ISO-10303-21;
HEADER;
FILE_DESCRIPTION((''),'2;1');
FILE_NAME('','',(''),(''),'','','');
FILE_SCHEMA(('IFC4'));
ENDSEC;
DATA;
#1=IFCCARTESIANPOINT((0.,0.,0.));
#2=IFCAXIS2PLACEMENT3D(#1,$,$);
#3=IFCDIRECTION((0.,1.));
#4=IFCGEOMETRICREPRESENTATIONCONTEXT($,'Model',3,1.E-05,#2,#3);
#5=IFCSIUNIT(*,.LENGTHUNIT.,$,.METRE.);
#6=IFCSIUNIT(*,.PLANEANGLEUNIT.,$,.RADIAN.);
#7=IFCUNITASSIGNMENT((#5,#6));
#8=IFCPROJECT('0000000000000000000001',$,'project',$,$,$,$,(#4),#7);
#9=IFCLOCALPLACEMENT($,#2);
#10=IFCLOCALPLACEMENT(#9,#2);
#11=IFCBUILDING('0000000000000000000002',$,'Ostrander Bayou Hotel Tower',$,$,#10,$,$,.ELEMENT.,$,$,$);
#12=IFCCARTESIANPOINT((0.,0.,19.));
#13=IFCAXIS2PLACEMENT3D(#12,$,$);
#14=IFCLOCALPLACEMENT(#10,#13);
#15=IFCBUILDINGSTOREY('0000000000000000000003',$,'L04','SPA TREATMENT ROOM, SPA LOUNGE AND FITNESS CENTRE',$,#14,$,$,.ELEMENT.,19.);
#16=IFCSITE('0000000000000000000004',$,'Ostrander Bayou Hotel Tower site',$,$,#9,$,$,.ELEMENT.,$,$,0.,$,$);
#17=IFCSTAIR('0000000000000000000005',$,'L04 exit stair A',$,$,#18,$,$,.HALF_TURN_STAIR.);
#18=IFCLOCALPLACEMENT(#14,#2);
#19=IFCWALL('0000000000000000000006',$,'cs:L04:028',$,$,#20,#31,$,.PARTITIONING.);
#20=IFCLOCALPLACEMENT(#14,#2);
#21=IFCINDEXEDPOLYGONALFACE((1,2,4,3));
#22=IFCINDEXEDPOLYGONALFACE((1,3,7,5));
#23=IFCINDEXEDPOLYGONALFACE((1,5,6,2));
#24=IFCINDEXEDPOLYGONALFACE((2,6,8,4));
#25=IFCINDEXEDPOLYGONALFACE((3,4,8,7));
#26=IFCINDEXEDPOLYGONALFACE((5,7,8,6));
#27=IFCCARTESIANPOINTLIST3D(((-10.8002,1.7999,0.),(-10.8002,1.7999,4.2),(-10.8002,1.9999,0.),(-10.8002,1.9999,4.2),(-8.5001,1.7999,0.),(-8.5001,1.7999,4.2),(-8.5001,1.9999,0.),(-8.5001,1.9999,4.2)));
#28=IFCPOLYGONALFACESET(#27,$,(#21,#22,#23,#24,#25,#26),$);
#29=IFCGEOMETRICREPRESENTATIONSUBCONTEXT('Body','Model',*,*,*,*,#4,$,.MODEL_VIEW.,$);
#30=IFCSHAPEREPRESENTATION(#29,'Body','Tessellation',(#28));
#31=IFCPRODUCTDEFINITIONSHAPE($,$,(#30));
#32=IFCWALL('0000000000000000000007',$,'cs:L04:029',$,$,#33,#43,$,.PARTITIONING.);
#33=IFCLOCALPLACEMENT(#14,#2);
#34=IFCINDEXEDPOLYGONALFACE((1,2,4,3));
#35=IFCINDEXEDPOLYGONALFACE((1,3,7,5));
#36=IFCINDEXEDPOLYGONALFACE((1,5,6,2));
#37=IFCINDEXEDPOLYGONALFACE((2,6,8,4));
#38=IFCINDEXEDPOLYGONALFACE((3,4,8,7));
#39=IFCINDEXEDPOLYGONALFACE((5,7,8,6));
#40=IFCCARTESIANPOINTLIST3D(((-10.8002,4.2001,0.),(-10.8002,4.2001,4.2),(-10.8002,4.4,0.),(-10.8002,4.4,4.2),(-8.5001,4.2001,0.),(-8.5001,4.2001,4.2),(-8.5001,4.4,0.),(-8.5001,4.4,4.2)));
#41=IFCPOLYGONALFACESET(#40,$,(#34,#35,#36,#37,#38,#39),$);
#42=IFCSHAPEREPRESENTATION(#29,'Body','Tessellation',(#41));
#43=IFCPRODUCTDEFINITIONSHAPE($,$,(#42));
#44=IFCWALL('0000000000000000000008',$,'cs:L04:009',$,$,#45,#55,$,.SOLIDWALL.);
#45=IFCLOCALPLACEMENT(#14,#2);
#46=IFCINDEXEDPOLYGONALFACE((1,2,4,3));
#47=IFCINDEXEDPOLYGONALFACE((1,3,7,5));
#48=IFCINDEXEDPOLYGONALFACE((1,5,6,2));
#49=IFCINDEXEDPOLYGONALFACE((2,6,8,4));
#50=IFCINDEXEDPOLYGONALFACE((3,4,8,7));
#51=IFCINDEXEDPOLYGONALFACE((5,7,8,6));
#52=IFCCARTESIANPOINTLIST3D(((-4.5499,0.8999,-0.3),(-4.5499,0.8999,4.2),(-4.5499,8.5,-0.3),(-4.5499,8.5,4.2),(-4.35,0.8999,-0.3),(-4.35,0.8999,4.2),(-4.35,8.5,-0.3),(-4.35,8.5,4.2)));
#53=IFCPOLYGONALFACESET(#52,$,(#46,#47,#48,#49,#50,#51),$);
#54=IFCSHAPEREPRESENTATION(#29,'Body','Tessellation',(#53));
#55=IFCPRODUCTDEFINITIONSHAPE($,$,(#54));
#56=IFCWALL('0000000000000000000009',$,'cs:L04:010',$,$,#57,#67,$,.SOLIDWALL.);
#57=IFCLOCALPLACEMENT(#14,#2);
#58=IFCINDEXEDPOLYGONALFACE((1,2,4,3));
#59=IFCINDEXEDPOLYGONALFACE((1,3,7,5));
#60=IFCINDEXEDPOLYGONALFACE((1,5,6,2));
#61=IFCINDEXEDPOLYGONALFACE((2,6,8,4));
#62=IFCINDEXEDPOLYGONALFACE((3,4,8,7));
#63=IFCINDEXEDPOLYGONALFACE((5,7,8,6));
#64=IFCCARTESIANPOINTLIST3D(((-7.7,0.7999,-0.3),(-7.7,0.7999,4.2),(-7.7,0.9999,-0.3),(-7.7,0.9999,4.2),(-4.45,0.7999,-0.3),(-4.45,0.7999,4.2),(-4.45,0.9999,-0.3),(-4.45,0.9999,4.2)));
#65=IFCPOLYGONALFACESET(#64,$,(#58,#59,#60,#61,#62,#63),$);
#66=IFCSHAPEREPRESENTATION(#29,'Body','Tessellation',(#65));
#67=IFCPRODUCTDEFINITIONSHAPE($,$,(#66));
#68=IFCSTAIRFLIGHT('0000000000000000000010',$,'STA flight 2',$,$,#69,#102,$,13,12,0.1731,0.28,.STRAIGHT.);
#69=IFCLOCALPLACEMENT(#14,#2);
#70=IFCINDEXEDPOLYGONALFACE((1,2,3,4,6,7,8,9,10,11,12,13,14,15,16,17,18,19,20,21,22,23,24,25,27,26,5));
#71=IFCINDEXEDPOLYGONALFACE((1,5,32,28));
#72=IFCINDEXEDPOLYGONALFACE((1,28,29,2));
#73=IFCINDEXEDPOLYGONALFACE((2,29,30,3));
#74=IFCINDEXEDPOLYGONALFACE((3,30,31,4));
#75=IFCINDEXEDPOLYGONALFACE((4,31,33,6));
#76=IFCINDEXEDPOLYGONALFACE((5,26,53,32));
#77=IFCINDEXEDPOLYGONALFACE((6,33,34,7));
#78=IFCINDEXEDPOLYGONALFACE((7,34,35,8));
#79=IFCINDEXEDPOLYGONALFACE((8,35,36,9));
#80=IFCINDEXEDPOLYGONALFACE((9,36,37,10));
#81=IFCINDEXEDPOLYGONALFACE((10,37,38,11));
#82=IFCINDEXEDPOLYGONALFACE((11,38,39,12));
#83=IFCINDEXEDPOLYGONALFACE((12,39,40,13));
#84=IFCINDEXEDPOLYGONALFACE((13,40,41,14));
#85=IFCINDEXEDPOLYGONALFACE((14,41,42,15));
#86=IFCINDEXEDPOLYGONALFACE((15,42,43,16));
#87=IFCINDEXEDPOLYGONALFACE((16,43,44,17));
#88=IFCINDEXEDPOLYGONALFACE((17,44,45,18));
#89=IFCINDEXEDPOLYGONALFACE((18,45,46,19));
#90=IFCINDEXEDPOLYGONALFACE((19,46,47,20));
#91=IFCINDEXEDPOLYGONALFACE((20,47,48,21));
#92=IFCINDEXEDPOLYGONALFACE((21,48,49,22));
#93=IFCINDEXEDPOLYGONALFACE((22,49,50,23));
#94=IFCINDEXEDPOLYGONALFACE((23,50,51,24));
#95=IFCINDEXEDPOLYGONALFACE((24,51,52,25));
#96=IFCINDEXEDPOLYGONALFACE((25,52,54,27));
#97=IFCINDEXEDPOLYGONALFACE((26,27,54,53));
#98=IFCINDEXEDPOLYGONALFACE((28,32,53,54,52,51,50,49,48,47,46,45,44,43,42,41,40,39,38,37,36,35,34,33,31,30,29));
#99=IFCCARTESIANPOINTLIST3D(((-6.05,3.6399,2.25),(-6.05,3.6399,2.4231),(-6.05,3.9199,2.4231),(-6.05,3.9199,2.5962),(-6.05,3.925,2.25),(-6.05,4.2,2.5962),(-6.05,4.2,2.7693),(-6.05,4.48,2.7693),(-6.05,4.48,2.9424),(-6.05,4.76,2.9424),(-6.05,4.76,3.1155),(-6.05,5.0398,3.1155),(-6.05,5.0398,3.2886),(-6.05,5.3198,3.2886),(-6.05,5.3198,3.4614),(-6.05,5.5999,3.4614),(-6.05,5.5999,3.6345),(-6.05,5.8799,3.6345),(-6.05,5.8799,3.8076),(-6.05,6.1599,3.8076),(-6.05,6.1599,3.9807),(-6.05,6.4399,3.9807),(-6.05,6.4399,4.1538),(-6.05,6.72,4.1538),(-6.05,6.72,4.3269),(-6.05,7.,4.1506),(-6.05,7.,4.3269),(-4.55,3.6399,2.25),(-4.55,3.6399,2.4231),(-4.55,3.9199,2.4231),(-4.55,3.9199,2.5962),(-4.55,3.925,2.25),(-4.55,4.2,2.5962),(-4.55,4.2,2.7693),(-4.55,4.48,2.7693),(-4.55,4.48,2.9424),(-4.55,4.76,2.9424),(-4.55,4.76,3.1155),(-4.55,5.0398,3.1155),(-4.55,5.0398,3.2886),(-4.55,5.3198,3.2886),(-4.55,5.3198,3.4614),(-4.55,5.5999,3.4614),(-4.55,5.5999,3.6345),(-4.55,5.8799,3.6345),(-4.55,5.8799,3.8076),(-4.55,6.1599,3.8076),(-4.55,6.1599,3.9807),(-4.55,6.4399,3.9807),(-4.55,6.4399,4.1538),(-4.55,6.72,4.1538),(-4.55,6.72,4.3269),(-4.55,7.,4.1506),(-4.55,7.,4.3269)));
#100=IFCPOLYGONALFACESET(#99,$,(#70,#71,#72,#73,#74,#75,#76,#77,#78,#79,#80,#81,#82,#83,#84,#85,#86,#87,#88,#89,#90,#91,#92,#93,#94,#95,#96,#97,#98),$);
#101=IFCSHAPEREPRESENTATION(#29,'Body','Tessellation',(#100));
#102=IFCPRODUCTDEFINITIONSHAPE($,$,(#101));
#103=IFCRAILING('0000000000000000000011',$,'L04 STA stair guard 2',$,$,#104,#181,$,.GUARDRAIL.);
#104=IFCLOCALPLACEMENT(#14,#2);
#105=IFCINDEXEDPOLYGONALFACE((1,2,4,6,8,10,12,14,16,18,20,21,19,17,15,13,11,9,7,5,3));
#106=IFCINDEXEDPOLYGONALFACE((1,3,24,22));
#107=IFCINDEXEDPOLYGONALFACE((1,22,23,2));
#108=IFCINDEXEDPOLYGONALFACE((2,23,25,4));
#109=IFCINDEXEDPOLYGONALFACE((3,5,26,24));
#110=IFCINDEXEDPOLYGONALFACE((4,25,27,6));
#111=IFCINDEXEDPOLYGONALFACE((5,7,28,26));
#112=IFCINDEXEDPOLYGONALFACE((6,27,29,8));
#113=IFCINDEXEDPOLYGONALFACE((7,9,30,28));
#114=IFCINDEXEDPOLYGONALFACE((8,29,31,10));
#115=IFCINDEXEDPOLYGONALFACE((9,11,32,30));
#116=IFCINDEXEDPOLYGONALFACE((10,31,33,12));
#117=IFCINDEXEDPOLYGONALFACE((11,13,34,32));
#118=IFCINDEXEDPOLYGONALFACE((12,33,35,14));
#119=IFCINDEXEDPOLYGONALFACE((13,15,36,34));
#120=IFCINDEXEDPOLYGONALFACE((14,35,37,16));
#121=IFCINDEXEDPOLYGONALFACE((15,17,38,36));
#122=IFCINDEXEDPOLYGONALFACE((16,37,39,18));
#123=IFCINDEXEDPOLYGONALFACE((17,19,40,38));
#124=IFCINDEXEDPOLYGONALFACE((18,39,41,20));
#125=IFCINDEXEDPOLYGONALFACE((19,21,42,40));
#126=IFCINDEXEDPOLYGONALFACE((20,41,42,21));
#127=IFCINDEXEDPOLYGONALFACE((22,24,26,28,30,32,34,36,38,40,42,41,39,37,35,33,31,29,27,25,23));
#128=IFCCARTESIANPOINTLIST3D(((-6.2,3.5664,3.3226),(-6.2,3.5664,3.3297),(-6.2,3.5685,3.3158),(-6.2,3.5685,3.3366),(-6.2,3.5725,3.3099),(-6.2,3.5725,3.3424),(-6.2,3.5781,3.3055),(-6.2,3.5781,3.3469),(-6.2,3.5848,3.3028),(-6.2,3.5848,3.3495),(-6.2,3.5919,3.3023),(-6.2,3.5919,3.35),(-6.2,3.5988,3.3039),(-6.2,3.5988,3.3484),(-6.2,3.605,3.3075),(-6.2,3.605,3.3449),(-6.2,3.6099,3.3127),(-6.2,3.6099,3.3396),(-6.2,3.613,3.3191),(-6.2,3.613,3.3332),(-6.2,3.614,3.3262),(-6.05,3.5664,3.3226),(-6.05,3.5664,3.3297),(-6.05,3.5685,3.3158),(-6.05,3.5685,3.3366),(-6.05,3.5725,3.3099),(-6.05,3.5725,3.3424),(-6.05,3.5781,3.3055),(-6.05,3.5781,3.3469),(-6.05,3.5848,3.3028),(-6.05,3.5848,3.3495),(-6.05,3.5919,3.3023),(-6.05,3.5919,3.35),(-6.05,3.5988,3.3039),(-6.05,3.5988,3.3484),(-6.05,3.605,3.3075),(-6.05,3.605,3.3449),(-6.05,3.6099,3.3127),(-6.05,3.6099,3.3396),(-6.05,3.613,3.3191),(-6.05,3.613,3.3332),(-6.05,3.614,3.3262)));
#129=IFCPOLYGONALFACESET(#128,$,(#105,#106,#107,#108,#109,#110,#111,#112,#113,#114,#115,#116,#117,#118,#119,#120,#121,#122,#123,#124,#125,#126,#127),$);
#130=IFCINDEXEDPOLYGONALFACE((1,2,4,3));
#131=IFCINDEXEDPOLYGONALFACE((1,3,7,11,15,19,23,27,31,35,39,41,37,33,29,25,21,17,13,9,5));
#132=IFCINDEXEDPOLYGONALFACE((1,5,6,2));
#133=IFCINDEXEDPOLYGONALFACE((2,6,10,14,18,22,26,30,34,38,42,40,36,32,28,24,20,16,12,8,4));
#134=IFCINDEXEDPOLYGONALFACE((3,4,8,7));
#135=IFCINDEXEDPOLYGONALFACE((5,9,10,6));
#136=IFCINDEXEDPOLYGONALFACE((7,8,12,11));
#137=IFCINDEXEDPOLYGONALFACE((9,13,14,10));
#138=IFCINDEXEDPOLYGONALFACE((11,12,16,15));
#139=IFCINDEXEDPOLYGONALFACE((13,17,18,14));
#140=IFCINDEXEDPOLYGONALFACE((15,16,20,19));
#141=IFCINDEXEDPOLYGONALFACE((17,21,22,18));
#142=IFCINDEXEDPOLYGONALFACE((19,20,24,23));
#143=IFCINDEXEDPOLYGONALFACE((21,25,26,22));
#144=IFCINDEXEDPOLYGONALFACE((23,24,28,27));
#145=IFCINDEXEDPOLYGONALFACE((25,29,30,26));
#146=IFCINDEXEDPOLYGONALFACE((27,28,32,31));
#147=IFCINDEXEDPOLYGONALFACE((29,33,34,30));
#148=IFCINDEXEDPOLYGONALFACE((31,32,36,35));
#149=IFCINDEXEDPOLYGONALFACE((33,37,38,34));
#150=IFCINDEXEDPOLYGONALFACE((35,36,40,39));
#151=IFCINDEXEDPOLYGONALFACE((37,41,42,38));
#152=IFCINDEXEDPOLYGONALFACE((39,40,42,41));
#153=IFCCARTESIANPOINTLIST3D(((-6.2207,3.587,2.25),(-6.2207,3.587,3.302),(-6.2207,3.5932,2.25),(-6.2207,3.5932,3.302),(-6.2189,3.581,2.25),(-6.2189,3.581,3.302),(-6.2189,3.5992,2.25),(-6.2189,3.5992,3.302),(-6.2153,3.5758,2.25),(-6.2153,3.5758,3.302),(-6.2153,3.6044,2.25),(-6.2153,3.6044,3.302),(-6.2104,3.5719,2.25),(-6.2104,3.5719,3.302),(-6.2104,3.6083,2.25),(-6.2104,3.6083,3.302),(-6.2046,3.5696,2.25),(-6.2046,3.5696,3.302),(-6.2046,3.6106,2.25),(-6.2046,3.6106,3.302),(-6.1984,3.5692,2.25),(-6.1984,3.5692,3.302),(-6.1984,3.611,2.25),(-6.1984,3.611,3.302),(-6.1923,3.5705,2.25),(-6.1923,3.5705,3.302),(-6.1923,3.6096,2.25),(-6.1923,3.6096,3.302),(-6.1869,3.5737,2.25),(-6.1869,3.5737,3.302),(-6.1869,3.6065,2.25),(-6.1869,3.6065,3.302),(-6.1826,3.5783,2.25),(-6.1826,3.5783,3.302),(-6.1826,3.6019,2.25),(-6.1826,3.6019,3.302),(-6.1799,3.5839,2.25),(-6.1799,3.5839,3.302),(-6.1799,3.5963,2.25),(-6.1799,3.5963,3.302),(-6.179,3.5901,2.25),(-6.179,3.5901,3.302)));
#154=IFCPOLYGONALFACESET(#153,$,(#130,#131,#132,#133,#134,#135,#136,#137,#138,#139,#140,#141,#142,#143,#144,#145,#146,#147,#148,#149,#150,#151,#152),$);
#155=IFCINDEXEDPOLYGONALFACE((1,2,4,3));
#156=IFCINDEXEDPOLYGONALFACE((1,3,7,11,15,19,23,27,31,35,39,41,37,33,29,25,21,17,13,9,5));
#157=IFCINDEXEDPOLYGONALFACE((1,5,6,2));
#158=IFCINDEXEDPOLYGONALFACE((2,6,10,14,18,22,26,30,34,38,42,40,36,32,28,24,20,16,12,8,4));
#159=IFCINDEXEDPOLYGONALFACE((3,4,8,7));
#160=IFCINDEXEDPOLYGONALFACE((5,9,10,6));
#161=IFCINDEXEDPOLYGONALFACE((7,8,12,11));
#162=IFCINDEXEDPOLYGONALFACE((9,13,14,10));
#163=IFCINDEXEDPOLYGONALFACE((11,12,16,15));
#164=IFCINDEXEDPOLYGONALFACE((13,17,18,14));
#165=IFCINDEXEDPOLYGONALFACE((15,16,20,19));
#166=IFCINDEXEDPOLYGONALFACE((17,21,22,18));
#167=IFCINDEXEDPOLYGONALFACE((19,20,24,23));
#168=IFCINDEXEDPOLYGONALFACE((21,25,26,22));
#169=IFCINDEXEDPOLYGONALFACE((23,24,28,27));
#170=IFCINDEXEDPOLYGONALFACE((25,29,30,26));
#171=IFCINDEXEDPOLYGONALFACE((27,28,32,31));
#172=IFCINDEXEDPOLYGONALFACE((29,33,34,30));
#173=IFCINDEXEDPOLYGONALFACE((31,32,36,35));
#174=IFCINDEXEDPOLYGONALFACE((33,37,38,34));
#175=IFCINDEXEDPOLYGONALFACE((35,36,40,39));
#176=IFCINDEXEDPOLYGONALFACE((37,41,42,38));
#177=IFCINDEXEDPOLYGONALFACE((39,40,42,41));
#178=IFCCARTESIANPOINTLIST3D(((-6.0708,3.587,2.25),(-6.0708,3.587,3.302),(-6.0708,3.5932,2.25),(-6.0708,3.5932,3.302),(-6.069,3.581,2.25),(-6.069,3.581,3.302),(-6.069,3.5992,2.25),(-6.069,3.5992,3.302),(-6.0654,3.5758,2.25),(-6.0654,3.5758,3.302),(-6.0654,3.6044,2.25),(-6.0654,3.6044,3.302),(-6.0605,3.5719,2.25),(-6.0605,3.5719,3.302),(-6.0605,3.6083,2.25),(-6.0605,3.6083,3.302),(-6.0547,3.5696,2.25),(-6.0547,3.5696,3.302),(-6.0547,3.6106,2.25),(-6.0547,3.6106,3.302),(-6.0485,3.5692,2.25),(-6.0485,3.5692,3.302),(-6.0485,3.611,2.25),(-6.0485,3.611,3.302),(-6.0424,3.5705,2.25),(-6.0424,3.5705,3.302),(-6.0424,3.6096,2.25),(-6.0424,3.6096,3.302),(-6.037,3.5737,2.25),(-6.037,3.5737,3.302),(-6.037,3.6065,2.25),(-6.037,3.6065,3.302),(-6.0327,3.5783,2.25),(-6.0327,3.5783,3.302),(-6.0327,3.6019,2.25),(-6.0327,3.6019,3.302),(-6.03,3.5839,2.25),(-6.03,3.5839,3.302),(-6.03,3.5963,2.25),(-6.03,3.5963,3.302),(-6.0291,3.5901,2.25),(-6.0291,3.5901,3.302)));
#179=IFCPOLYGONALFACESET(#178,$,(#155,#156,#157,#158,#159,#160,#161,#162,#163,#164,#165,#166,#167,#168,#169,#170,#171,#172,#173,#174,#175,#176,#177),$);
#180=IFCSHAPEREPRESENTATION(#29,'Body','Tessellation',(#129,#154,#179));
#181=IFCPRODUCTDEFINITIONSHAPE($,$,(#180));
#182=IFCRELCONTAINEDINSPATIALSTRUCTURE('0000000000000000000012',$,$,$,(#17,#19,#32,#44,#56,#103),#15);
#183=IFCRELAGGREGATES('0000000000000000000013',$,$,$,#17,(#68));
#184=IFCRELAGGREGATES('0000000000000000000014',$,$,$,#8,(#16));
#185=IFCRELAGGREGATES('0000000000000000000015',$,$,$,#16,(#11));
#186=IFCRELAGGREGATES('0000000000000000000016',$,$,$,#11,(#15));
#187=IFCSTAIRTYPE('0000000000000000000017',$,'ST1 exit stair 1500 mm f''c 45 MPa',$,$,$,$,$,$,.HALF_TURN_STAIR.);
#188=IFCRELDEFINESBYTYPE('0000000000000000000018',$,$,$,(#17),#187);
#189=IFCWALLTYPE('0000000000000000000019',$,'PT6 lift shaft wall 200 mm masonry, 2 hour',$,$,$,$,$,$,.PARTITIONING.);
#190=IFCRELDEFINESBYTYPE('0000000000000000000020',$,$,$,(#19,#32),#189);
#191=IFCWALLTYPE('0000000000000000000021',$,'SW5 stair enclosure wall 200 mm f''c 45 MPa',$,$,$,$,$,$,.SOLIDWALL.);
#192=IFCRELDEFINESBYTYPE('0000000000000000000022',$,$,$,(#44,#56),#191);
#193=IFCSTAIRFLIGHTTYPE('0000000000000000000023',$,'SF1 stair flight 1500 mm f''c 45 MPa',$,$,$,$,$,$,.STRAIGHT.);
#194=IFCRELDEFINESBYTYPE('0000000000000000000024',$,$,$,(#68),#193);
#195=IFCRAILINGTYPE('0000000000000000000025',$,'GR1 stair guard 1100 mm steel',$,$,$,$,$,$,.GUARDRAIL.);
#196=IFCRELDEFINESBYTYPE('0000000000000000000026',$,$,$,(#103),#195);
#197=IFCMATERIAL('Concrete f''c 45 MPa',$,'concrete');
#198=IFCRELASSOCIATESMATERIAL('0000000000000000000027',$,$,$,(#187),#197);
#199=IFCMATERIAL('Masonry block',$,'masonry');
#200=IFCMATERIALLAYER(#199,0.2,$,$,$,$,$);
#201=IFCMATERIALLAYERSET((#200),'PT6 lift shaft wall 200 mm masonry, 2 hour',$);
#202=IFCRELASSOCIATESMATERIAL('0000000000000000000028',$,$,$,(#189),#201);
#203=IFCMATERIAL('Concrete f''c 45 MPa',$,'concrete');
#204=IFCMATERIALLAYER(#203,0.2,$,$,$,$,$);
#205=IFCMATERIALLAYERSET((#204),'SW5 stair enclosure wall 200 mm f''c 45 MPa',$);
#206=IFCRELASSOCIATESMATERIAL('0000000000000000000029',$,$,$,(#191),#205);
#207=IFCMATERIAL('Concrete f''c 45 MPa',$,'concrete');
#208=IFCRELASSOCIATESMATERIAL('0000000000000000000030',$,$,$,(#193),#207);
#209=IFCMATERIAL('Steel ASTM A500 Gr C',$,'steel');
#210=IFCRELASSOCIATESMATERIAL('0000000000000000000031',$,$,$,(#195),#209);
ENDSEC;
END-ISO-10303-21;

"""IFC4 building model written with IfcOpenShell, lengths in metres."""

from ifc_helpers import new_model, si_unit, direction, frame, frame_2d, origin, origin_2d, place, context, subcontext, project, spatial, polyline, rectangle, circle, outline, extrude, material, layer, layer_set, type_object, element, aggregate, save


model = new_model("IFC4")

# Units and contexts
model_context = context("Model", 3, precision=1e-05, world=origin(), true_north=direction((0.0, 1.0)))
body_context = subcontext(model_context, "Body", "Model", "MODEL_VIEW")
ifc_project = project(units=[si_unit("LENGTHUNIT", "METRE"), si_unit("PLANEANGLEUNIT", "RADIAN")], contexts=[model_context])

# Site, building, storey
site_placement = place(None, origin())
site = spatial("IfcSite", under=ifc_project, at=site_placement, Name="Ostrander Bayou Hotel Tower site", CompositionType="ELEMENT", RefElevation=0.0)
building_placement = place(site_placement, origin())
building = spatial("IfcBuilding", under=site, at=building_placement, Name="Ostrander Bayou Hotel Tower", CompositionType="ELEMENT")
storey_placement = place(building_placement, frame((0.0, 0.0, 19.0)))
storey = spatial("IfcBuildingStorey", under=building, at=storey_placement, Name="L04", Description="SPA TREATMENT ROOM, SPA LOUNGE AND FITNESS CENTRE", CompositionType="ELEMENT", Elevation=19.0)

# Stair
ifc_material_1 = material(Name="Concrete f'c 45 MPa", Category="concrete")
stair_type = type_object("IfcStairType", Name="ST1 exit stair 1500 mm f'c 45 MPa", PredefinedType="HALF_TURN_STAIR", material=ifc_material_1)
stair_1_placement = place(storey_placement, origin())
stair_1 = element("IfcStair", 1, at=stair_1_placement, inside=storey, type_object=stair_type, Name="L04 exit stair A", PredefinedType="HALF_TURN_STAIR")

# Walls
ifc_material_2 = material(Name="Masonry block", Category="masonry")
ifc_layer_1 = layer(ifc_material_2, 0.2)
ifc_layer_set_1 = layer_set([ifc_layer_1], Name="PT6 lift shaft wall 200 mm masonry, 2 hour")
wall_type_1 = type_object("IfcWallType", Name="PT6 lift shaft wall 200 mm masonry, 2 hour", PredefinedType="PARTITIONING", material=ifc_layer_set_1)
for number, where, z_axis, x_axis, name in (
    (2, (-10.8, 1.8999, 0.0), (0.0, 0.0, 1.0), (1.0, 0.0, 0.0), "cs:L04:028"),
    (3, (-10.8, 4.3, 0.0), (0.0, 0.0, 1.0), (1.0, 0.0, 0.0), "cs:L04:029"),
):
    element("IfcWall", number, at=place(storey_placement, frame(where, z_axis=z_axis, x_axis=x_axis)), inside=storey, type_object=wall_type_1, Name=name, PredefinedType="PARTITIONING", context=body_context, shape_type="SweptSolid", body=[
        extrude(rectangle(XDim=2.3, YDim=0.2, at=frame_2d((1.1499, 0.0))), origin(), (0.0, 0.0, 1.0), 4.2),
    ])
ifc_material_3 = material(Name="Concrete f'c 45 MPa", Category="concrete")
ifc_layer_2 = layer(ifc_material_3, 0.2)
ifc_layer_set_2 = layer_set([ifc_layer_2], Name="SW5 stair enclosure wall 200 mm f'c 45 MPa")
wall_type_2 = type_object("IfcWallType", Name="SW5 stair enclosure wall 200 mm f'c 45 MPa", PredefinedType="SOLIDWALL", material=ifc_layer_set_2)
wall_1_placement = place(storey_placement, frame((-4.45, 0.8999, -0.3), z_axis=(0.0, 0.0, 1.0), x_axis=(0.0, 1.0, 0.0)))
element("IfcWall", 4, at=wall_1_placement, inside=storey, type_object=wall_type_2, Name="cs:L04:009", PredefinedType="SOLIDWALL", context=body_context, shape_type="SweptSolid", body=[
    extrude(rectangle(XDim=7.6001, YDim=0.2, at=frame_2d((3.8, 0.0))), origin(), (0.0, 0.0, 1.0), 4.5),
])
wall_2_placement = place(storey_placement, frame((-7.7, 0.8999, -0.3), z_axis=(0.0, 0.0, 1.0), x_axis=(1.0, 0.0, 0.0)))
element("IfcWall", 5, at=wall_2_placement, inside=storey, type_object=wall_type_2, Name="cs:L04:010", PredefinedType="SOLIDWALL", context=body_context, shape_type="SweptSolid", body=[
    extrude(rectangle(XDim=3.25, YDim=0.2, at=frame_2d((1.625, 0.0))), origin(), (0.0, 0.0, 1.0), 4.5),
])

# Stair flight
ifc_material_4 = material(Name="Concrete f'c 45 MPa", Category="concrete")
stair_flight_type = type_object("IfcStairFlightType", Name="SF1 stair flight 1500 mm f'c 45 MPa", PredefinedType="STRAIGHT", material=ifc_material_4)
stair_flight_placement = place(storey_placement, frame((-5.3, 3.6399, 2.25), z_axis=(0.0, 0.0, 1.0), x_axis=(0.0, 1.0, 0.0)))
stair_flight = element("IfcStairFlight", 6, at=stair_flight_placement, type_object=stair_flight_type, Name="STA flight 2", NumberOfRisers=13, NumberOfTreads=12, PredefinedType="STRAIGHT", RiserHeight=0.1731, TreadLength=0.28, context=body_context, shape_type="SweptSolid", body=[
    extrude(outline(polyline([(0.0, 0.0), (0.0, 0.1731), (0.28, 0.1731), (0.28, 0.3462), (0.5601, 0.3462), (0.5601, 0.5193), (0.8401, 0.5193), (0.8401, 0.6924), (1.1201, 0.6924), (1.1201, 0.8655), (1.3999, 0.8655), (1.3999, 1.0386), (1.6799, 1.0386), (1.6799, 1.2114), (1.96, 1.2114), (1.96, 1.3845), (2.24, 1.3845), (2.24, 1.5576), (2.52, 1.5576), (2.52, 1.7307), (2.8, 1.7307), (2.8, 1.9038), (3.0801, 1.9038), (3.0801, 2.0769), (3.3601, 2.0769), (3.3601, 2.25), (3.3601, 1.9006), (0.2852, 0.0), (0.0, 0.0)])), frame((0.0, 0.75, 0.0), z_axis=(0.0, -1.0, 0.0), x_axis=(1.0, 0.0, 0.0)), (0.0, 0.0, 1.0), 1.5),
])
aggregate(stair_1, [stair_flight])

# Railing
ifc_material_5 = material(Name="Steel ASTM A500 Gr C", Category="steel")
railing_type_1 = type_object("IfcRailingType", Name="GR1 stair guard 1100 mm steel", PredefinedType="GUARDRAIL", material=ifc_material_5)
railing_1_placement = place(storey_placement, frame((-6.2, 3.5901, 2.25)))
element("IfcRailing", 7, at=railing_1_placement, inside=storey, type_object=railing_type_1, Name="L04 STA stair guard 2", PredefinedType="GUARDRAIL", context=body_context, shape_type="SweptSolid", body=[
    extrude(circle(Radius=0.0239, at=origin_2d()), frame((0.0, 0.0, 1.0762), z_axis=(1.0, 0.0, 0.0), x_axis=(0.0, 1.0, 0.0)), (0.0, 0.0, 1.0), 0.1499),
    extrude(circle(Radius=0.021, at=origin_2d()), origin(), (0.0, 0.0, 1.0), 1.052),
    extrude(circle(Radius=0.021, at=origin_2d()), frame((0.1499, 0.0, 0.0)), (0.0, 0.0, 1.0), 1.052),
])

save(model, "model.ifc")
